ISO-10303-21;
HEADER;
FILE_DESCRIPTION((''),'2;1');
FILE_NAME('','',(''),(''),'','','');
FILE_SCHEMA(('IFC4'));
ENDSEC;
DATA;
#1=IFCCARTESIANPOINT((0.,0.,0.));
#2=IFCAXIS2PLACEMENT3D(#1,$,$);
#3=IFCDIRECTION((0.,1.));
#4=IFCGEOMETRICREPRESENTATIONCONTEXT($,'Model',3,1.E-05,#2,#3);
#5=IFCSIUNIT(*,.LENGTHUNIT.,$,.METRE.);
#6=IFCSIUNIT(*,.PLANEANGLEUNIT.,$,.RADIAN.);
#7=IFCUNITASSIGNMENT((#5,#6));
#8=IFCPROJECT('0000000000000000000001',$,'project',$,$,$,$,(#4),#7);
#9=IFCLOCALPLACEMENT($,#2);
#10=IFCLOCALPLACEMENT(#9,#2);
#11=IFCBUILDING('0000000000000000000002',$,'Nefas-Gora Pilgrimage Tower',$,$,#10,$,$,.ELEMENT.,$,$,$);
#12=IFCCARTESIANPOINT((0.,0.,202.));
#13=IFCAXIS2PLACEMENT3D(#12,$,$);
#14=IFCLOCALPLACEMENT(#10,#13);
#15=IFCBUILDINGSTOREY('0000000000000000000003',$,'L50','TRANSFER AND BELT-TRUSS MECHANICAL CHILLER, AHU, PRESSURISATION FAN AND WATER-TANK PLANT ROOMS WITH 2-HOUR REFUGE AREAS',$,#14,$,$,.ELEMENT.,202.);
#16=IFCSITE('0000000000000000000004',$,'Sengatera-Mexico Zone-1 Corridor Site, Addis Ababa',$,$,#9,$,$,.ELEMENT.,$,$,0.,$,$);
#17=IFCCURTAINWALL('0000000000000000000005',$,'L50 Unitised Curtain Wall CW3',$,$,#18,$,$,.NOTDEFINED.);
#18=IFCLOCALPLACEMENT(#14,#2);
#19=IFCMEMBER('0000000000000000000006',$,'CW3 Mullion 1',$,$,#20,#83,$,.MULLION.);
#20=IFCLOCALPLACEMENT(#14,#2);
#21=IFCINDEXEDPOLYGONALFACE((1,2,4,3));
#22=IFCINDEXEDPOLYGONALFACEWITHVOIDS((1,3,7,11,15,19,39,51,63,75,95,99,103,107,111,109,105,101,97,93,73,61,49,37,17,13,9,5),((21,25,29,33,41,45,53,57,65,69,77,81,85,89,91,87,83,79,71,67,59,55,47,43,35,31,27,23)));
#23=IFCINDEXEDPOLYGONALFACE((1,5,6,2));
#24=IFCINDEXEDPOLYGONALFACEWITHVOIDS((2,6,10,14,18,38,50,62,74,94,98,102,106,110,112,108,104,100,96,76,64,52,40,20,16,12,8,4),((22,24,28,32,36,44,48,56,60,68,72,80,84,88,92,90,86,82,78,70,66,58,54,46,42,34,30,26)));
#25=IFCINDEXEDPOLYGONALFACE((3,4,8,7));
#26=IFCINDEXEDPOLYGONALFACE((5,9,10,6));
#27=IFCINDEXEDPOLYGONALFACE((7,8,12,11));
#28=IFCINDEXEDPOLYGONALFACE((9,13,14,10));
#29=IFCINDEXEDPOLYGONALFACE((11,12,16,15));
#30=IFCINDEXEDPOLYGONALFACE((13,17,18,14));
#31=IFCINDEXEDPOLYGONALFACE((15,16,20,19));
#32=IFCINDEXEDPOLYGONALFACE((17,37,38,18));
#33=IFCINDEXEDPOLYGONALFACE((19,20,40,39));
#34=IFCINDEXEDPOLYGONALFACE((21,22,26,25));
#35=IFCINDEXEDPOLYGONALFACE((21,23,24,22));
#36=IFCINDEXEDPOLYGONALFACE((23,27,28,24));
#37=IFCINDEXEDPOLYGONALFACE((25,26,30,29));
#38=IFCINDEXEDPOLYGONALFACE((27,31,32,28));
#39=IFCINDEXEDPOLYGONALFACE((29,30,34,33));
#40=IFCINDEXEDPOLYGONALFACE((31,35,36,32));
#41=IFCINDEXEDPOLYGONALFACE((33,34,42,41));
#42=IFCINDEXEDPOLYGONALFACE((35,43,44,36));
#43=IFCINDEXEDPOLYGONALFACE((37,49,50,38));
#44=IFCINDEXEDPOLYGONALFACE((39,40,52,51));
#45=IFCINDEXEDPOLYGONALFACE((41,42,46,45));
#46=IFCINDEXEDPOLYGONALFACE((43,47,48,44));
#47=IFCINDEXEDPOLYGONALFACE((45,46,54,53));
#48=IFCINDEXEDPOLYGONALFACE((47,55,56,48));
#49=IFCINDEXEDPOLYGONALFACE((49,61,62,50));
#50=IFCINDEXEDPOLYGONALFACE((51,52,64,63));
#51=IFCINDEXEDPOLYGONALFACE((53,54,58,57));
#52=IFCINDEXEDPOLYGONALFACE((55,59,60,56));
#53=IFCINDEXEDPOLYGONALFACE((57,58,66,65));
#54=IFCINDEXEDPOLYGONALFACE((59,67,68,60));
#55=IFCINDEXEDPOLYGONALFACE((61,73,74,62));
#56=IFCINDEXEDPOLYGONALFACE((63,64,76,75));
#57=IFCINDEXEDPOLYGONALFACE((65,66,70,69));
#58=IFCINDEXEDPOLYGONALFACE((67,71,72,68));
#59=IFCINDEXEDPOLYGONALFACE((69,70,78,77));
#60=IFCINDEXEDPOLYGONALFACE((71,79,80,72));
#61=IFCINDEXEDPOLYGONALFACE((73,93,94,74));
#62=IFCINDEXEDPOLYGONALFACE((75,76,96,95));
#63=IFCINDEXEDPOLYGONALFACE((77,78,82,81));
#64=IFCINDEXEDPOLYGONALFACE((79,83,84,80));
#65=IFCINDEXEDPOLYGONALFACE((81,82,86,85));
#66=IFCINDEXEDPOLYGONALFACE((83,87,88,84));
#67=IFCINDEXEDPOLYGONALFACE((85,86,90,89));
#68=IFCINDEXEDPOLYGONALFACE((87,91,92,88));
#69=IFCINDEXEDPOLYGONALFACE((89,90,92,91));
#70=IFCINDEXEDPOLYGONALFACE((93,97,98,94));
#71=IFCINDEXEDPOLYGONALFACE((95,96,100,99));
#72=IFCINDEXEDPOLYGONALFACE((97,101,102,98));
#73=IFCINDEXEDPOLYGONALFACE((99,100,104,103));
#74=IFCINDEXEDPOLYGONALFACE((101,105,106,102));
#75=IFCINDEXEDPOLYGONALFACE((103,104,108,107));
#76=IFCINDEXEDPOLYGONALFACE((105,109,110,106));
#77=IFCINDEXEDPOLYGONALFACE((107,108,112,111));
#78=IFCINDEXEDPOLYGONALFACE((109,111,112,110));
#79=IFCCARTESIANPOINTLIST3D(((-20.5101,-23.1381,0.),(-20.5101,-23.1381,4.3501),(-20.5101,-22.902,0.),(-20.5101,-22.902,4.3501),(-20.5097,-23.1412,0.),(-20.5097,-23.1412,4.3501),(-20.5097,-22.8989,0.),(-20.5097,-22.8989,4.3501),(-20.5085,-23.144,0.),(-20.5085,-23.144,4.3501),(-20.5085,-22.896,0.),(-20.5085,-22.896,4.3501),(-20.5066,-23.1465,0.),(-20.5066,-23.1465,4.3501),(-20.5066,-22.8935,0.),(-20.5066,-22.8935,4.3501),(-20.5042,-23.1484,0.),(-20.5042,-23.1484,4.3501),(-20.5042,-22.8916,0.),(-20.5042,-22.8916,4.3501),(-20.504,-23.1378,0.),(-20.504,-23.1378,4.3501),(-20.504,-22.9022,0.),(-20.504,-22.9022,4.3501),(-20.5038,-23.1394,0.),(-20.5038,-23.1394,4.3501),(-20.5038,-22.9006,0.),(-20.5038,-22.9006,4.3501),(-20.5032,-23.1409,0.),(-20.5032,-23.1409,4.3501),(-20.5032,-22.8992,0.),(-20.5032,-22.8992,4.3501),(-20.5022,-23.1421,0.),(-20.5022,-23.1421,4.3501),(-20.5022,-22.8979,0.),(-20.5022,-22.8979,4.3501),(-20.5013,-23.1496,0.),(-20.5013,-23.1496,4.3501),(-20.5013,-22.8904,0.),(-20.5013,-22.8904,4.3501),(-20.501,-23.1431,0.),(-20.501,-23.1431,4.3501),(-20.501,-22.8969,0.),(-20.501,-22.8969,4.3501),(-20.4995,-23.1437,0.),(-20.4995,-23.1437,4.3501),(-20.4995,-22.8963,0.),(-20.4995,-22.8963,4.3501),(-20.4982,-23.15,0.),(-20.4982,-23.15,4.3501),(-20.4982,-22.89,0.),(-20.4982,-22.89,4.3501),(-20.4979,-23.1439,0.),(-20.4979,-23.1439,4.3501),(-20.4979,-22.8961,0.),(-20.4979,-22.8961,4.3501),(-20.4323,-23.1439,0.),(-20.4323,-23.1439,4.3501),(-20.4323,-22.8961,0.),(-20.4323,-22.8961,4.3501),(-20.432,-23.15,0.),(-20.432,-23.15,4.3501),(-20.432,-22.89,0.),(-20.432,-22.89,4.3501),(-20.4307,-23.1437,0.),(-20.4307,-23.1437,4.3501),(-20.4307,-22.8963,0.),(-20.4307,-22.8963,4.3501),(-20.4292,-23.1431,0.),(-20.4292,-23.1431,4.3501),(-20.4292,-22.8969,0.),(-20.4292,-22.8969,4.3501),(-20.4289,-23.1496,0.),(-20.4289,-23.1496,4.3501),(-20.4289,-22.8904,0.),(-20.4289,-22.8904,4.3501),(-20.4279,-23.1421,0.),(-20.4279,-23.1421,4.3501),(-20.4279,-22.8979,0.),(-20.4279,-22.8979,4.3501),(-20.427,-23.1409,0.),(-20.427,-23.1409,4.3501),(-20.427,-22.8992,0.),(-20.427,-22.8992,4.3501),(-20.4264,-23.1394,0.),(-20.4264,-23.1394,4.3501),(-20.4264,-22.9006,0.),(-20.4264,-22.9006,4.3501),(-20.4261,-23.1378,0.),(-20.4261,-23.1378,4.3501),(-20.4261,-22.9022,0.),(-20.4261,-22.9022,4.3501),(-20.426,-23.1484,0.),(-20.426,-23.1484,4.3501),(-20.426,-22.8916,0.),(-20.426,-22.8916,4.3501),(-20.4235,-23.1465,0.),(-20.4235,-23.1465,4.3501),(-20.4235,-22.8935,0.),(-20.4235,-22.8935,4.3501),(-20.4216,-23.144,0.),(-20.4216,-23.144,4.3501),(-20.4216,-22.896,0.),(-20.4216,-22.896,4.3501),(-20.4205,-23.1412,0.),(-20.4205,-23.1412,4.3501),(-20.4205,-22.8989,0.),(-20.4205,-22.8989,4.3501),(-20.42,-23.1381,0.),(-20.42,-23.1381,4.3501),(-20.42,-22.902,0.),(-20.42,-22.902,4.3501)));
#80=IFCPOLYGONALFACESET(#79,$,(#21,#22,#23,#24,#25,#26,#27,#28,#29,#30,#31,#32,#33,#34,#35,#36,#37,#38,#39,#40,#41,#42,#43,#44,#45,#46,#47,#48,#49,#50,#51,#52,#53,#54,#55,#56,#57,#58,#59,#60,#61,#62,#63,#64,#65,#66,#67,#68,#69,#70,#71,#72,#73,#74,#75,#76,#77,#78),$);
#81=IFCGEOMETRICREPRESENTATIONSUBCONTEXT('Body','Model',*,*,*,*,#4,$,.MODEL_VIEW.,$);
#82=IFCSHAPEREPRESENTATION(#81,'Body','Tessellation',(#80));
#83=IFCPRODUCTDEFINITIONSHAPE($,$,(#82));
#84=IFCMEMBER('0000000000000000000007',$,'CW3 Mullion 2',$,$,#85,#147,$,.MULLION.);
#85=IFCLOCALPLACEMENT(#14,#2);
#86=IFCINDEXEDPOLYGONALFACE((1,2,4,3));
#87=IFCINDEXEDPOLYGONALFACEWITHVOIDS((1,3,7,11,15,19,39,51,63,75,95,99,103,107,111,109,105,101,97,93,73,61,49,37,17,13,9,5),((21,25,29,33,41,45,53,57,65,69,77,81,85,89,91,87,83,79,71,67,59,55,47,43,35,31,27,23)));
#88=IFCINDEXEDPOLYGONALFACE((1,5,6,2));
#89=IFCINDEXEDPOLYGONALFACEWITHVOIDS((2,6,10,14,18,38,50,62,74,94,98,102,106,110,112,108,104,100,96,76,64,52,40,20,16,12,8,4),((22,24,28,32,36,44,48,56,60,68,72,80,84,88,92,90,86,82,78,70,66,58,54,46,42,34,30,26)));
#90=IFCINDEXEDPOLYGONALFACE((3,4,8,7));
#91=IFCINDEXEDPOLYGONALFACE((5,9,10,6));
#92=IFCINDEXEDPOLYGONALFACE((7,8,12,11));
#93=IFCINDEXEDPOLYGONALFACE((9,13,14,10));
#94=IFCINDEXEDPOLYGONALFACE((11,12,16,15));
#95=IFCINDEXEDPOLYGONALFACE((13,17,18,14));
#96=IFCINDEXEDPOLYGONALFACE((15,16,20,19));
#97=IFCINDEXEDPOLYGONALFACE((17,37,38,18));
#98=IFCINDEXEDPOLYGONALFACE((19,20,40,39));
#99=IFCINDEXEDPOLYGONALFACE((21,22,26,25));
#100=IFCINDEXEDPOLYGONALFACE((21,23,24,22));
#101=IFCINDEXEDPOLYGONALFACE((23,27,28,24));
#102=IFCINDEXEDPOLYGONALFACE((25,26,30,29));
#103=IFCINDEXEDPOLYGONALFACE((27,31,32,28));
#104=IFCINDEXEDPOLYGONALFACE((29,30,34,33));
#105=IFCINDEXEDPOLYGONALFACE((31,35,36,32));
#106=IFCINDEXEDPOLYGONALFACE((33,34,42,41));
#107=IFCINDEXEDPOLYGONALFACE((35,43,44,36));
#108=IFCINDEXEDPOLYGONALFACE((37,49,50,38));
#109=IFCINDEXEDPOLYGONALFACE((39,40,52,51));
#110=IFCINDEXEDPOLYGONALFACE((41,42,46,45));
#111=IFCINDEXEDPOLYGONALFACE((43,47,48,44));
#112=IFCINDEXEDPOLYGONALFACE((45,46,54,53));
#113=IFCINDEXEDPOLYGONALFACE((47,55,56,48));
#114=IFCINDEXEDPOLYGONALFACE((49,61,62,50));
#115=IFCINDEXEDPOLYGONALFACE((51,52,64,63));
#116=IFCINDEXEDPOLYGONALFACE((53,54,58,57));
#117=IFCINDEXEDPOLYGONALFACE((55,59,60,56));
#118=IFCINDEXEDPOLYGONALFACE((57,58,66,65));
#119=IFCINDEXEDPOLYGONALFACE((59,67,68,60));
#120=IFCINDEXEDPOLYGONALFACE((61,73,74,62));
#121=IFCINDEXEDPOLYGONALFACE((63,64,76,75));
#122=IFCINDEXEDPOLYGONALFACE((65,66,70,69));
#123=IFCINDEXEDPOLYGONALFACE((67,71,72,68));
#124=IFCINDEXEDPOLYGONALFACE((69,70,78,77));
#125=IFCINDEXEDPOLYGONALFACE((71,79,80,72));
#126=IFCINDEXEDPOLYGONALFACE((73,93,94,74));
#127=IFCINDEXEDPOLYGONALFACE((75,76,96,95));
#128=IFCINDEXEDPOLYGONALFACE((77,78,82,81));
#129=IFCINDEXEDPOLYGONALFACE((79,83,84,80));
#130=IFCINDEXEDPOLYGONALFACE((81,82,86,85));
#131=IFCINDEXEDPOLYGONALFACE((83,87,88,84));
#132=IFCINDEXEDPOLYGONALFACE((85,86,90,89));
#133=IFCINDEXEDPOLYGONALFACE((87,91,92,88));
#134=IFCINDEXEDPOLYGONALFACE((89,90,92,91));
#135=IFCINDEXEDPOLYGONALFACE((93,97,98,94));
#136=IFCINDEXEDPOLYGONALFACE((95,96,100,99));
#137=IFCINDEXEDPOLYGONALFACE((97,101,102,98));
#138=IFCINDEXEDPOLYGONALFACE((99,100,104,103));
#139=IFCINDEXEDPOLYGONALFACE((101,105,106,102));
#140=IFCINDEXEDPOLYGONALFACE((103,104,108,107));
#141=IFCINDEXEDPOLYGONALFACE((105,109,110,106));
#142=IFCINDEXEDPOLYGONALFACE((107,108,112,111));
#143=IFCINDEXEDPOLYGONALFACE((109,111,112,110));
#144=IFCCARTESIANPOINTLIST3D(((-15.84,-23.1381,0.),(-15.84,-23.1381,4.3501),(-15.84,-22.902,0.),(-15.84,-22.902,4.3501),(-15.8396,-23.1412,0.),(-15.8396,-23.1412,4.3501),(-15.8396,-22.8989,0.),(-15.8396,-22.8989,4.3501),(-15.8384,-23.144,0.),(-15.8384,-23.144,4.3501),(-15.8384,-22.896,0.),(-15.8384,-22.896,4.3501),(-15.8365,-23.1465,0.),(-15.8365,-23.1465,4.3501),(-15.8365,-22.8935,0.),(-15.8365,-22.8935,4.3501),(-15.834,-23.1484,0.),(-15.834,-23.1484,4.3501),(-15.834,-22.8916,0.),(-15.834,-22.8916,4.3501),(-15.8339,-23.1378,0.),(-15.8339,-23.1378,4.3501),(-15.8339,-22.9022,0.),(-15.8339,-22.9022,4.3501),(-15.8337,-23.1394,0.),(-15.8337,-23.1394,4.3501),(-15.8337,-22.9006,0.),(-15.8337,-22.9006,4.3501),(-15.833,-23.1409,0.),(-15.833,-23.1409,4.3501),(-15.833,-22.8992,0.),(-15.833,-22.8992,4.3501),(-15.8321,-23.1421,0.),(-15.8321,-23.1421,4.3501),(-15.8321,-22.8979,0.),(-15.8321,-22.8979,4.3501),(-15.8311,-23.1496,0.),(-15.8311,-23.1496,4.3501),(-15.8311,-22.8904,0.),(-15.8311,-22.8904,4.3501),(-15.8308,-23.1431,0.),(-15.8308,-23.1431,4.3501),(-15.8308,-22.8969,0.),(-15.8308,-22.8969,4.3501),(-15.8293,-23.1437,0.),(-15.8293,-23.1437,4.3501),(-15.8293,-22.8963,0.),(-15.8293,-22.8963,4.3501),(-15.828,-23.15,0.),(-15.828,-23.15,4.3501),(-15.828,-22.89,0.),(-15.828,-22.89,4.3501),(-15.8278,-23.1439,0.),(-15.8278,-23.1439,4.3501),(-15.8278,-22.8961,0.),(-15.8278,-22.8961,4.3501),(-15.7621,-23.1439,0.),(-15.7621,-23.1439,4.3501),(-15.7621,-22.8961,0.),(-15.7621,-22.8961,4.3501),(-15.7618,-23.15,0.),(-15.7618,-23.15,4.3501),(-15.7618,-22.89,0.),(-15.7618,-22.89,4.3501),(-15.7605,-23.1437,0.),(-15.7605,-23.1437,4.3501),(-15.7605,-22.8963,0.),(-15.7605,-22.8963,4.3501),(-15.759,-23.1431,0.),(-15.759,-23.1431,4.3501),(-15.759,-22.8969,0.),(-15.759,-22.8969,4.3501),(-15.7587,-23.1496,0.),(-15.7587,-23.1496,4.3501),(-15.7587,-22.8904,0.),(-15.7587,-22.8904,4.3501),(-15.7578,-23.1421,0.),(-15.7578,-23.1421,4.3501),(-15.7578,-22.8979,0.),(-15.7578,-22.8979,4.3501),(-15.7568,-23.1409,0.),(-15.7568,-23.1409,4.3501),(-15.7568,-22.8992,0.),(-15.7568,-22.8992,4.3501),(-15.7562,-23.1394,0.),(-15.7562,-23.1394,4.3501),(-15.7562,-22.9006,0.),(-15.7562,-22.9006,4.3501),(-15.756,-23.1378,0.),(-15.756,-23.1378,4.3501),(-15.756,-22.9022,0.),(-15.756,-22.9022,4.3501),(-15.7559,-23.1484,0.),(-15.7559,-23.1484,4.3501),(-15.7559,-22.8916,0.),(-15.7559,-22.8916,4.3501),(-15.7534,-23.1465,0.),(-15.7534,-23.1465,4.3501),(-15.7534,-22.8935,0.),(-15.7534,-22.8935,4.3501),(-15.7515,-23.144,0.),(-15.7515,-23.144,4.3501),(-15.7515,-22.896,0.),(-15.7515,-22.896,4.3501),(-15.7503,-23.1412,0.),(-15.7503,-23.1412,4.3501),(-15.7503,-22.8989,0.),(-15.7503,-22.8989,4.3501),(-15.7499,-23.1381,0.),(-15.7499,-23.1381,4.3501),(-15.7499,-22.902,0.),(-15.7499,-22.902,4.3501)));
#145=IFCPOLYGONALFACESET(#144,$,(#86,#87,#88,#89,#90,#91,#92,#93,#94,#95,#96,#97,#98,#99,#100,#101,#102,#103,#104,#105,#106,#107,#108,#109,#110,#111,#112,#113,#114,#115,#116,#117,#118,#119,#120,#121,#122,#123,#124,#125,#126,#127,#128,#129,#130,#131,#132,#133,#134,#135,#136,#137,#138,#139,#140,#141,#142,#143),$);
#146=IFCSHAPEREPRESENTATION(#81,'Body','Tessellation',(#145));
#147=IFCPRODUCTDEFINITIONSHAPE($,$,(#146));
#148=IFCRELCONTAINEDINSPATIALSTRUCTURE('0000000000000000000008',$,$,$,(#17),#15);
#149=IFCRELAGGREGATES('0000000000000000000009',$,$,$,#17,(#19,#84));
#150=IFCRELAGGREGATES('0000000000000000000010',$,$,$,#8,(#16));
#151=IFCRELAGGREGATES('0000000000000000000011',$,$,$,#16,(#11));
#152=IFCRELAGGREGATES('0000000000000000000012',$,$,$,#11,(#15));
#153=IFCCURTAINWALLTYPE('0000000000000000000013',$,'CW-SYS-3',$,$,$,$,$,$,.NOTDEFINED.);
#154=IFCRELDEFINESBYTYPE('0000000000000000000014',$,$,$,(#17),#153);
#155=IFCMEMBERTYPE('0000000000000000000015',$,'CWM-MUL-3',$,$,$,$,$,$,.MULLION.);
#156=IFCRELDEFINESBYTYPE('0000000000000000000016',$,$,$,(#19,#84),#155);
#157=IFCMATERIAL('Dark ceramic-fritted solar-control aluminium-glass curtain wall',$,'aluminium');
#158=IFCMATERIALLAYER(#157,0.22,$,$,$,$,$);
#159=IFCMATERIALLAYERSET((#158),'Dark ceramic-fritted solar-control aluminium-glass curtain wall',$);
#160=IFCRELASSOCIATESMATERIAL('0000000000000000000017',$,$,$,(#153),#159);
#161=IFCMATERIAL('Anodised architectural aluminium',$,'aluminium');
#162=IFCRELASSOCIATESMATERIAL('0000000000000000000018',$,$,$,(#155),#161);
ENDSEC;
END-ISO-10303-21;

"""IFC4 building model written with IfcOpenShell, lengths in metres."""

from ifc_helpers import new_model, si_unit, direction, frame, origin, origin_2d, place, context, subcontext, project, spatial, hollow_rectangle, extrude, source, transform, mapped, material, layer, layer_set, material_profile, profile_set, type_object, element, aggregate, save


model = new_model("IFC4")

# Units and contexts
model_context = context("Model", 3, precision=1e-05, world=origin(), true_north=direction((0.0, 1.0)))
body_context = subcontext(model_context, "Body", "Model", "MODEL_VIEW")
ifc_project = project(units=[si_unit("LENGTHUNIT", "METRE"), si_unit("PLANEANGLEUNIT", "RADIAN")], contexts=[model_context])

# Site, building, storey
site_placement = place(None, origin())
site = spatial("IfcSite", under=ifc_project, at=site_placement, Name="Sengatera-Mexico Zone-1 Corridor Site, Addis Ababa", CompositionType="ELEMENT", RefElevation=0.0)
building_placement = place(site_placement, origin())
building = spatial("IfcBuilding", under=site, at=building_placement, Name="Nefas-Gora Pilgrimage Tower", CompositionType="ELEMENT")
storey_placement = place(building_placement, frame((0.0, 0.0, 202.0)))
storey = spatial("IfcBuildingStorey", under=building, at=storey_placement, Name="L50", Description="TRANSFER AND BELT-TRUSS MECHANICAL CHILLER, AHU, PRESSURISATION FAN AND WATER-TANK PLANT ROOMS WITH 2-HOUR REFUGE AREAS", CompositionType="ELEMENT", Elevation=202.0)

# Curtain wall, members
ifc_material_1 = material(Name="Dark ceramic-fritted solar-control aluminium-glass curtain wall", Category="aluminium")
ifc_layer_1 = layer(ifc_material_1, 0.22)
ifc_layer_set_1 = layer_set([ifc_layer_1], Name="Dark ceramic-fritted solar-control aluminium-glass curtain wall")
curtain_wall_type = type_object("IfcCurtainWallType", Name="CW-SYS-3", PredefinedType="NOTDEFINED", material=ifc_layer_set_1)
ifc_material_2 = material(Name="Anodised architectural aluminium", Category="aluminium")
ifc_material_profile_1 = material_profile(ifc_material_2, hollow_rectangle(XDim=0.0901, YDim=0.26, WallThickness=0.0061, InnerFilletRadius=0.0061, OuterFilletRadius=0.012, at=origin_2d()), Name="ALU MULLION 90x260")
ifc_profile_set_1 = profile_set([ifc_material_profile_1], Name="Anodised architectural aluminium")
member_type_1 = type_object("IfcMemberType", Name="CWM-MUL-3", PredefinedType="MULLION", material=ifc_profile_set_1)
shared_shape_1 = source(origin(), body_context, "Body", "SweptSolid", [
    extrude(hollow_rectangle(XDim=0.0901, YDim=0.26, WallThickness=0.0061, InnerFilletRadius=0.0061, OuterFilletRadius=0.012, at=origin_2d()), origin(), (0.0, 0.0, 1.0), 4.3501),
])
curtain_wall_1_placement = place(storey_placement, origin())
curtain_wall_1 = element("IfcCurtainWall", 1, at=curtain_wall_1_placement, inside=storey, type_object=curtain_wall_type, Name="L50 Unitised Curtain Wall CW3", PredefinedType="NOTDEFINED")
member_1_placement = place(storey_placement, frame((-20.4651, -23.02, 0.0), z_axis=(0.0, 0.0, 1.0), x_axis=(1.0, 0.0, 0.0)))
member_1 = element("IfcMember", 2, at=member_1_placement, type_object=member_type_1, Name="CW3 Mullion 1", PredefinedType="MULLION", context=body_context, shape_type="MappedRepresentation", body=[
    mapped(shared_shape_1, transform((0.0, 0.0, 0.0), x_axis=(1.0, 0.0, 0.0), y_axis=(0.0, 1.0, 0.0), z_axis=(0.0, 0.0, 1.0), scale=1.0)),
])
member_2_placement = place(storey_placement, frame((-15.7949, -23.02, 0.0), z_axis=(0.0, 0.0, 1.0), x_axis=(1.0, 0.0, 0.0)))
member_2 = element("IfcMember", 3, at=member_2_placement, type_object=member_type_1, Name="CW3 Mullion 2", PredefinedType="MULLION", context=body_context, shape_type="MappedRepresentation", body=[
    mapped(shared_shape_1, transform((0.0, 0.0, 0.0), x_axis=(1.0, 0.0, 0.0), y_axis=(0.0, 1.0, 0.0), z_axis=(0.0, 0.0, 1.0), scale=1.0)),
])

aggregate(curtain_wall_1, [member_1, member_2])

save(model, "model.ifc")
